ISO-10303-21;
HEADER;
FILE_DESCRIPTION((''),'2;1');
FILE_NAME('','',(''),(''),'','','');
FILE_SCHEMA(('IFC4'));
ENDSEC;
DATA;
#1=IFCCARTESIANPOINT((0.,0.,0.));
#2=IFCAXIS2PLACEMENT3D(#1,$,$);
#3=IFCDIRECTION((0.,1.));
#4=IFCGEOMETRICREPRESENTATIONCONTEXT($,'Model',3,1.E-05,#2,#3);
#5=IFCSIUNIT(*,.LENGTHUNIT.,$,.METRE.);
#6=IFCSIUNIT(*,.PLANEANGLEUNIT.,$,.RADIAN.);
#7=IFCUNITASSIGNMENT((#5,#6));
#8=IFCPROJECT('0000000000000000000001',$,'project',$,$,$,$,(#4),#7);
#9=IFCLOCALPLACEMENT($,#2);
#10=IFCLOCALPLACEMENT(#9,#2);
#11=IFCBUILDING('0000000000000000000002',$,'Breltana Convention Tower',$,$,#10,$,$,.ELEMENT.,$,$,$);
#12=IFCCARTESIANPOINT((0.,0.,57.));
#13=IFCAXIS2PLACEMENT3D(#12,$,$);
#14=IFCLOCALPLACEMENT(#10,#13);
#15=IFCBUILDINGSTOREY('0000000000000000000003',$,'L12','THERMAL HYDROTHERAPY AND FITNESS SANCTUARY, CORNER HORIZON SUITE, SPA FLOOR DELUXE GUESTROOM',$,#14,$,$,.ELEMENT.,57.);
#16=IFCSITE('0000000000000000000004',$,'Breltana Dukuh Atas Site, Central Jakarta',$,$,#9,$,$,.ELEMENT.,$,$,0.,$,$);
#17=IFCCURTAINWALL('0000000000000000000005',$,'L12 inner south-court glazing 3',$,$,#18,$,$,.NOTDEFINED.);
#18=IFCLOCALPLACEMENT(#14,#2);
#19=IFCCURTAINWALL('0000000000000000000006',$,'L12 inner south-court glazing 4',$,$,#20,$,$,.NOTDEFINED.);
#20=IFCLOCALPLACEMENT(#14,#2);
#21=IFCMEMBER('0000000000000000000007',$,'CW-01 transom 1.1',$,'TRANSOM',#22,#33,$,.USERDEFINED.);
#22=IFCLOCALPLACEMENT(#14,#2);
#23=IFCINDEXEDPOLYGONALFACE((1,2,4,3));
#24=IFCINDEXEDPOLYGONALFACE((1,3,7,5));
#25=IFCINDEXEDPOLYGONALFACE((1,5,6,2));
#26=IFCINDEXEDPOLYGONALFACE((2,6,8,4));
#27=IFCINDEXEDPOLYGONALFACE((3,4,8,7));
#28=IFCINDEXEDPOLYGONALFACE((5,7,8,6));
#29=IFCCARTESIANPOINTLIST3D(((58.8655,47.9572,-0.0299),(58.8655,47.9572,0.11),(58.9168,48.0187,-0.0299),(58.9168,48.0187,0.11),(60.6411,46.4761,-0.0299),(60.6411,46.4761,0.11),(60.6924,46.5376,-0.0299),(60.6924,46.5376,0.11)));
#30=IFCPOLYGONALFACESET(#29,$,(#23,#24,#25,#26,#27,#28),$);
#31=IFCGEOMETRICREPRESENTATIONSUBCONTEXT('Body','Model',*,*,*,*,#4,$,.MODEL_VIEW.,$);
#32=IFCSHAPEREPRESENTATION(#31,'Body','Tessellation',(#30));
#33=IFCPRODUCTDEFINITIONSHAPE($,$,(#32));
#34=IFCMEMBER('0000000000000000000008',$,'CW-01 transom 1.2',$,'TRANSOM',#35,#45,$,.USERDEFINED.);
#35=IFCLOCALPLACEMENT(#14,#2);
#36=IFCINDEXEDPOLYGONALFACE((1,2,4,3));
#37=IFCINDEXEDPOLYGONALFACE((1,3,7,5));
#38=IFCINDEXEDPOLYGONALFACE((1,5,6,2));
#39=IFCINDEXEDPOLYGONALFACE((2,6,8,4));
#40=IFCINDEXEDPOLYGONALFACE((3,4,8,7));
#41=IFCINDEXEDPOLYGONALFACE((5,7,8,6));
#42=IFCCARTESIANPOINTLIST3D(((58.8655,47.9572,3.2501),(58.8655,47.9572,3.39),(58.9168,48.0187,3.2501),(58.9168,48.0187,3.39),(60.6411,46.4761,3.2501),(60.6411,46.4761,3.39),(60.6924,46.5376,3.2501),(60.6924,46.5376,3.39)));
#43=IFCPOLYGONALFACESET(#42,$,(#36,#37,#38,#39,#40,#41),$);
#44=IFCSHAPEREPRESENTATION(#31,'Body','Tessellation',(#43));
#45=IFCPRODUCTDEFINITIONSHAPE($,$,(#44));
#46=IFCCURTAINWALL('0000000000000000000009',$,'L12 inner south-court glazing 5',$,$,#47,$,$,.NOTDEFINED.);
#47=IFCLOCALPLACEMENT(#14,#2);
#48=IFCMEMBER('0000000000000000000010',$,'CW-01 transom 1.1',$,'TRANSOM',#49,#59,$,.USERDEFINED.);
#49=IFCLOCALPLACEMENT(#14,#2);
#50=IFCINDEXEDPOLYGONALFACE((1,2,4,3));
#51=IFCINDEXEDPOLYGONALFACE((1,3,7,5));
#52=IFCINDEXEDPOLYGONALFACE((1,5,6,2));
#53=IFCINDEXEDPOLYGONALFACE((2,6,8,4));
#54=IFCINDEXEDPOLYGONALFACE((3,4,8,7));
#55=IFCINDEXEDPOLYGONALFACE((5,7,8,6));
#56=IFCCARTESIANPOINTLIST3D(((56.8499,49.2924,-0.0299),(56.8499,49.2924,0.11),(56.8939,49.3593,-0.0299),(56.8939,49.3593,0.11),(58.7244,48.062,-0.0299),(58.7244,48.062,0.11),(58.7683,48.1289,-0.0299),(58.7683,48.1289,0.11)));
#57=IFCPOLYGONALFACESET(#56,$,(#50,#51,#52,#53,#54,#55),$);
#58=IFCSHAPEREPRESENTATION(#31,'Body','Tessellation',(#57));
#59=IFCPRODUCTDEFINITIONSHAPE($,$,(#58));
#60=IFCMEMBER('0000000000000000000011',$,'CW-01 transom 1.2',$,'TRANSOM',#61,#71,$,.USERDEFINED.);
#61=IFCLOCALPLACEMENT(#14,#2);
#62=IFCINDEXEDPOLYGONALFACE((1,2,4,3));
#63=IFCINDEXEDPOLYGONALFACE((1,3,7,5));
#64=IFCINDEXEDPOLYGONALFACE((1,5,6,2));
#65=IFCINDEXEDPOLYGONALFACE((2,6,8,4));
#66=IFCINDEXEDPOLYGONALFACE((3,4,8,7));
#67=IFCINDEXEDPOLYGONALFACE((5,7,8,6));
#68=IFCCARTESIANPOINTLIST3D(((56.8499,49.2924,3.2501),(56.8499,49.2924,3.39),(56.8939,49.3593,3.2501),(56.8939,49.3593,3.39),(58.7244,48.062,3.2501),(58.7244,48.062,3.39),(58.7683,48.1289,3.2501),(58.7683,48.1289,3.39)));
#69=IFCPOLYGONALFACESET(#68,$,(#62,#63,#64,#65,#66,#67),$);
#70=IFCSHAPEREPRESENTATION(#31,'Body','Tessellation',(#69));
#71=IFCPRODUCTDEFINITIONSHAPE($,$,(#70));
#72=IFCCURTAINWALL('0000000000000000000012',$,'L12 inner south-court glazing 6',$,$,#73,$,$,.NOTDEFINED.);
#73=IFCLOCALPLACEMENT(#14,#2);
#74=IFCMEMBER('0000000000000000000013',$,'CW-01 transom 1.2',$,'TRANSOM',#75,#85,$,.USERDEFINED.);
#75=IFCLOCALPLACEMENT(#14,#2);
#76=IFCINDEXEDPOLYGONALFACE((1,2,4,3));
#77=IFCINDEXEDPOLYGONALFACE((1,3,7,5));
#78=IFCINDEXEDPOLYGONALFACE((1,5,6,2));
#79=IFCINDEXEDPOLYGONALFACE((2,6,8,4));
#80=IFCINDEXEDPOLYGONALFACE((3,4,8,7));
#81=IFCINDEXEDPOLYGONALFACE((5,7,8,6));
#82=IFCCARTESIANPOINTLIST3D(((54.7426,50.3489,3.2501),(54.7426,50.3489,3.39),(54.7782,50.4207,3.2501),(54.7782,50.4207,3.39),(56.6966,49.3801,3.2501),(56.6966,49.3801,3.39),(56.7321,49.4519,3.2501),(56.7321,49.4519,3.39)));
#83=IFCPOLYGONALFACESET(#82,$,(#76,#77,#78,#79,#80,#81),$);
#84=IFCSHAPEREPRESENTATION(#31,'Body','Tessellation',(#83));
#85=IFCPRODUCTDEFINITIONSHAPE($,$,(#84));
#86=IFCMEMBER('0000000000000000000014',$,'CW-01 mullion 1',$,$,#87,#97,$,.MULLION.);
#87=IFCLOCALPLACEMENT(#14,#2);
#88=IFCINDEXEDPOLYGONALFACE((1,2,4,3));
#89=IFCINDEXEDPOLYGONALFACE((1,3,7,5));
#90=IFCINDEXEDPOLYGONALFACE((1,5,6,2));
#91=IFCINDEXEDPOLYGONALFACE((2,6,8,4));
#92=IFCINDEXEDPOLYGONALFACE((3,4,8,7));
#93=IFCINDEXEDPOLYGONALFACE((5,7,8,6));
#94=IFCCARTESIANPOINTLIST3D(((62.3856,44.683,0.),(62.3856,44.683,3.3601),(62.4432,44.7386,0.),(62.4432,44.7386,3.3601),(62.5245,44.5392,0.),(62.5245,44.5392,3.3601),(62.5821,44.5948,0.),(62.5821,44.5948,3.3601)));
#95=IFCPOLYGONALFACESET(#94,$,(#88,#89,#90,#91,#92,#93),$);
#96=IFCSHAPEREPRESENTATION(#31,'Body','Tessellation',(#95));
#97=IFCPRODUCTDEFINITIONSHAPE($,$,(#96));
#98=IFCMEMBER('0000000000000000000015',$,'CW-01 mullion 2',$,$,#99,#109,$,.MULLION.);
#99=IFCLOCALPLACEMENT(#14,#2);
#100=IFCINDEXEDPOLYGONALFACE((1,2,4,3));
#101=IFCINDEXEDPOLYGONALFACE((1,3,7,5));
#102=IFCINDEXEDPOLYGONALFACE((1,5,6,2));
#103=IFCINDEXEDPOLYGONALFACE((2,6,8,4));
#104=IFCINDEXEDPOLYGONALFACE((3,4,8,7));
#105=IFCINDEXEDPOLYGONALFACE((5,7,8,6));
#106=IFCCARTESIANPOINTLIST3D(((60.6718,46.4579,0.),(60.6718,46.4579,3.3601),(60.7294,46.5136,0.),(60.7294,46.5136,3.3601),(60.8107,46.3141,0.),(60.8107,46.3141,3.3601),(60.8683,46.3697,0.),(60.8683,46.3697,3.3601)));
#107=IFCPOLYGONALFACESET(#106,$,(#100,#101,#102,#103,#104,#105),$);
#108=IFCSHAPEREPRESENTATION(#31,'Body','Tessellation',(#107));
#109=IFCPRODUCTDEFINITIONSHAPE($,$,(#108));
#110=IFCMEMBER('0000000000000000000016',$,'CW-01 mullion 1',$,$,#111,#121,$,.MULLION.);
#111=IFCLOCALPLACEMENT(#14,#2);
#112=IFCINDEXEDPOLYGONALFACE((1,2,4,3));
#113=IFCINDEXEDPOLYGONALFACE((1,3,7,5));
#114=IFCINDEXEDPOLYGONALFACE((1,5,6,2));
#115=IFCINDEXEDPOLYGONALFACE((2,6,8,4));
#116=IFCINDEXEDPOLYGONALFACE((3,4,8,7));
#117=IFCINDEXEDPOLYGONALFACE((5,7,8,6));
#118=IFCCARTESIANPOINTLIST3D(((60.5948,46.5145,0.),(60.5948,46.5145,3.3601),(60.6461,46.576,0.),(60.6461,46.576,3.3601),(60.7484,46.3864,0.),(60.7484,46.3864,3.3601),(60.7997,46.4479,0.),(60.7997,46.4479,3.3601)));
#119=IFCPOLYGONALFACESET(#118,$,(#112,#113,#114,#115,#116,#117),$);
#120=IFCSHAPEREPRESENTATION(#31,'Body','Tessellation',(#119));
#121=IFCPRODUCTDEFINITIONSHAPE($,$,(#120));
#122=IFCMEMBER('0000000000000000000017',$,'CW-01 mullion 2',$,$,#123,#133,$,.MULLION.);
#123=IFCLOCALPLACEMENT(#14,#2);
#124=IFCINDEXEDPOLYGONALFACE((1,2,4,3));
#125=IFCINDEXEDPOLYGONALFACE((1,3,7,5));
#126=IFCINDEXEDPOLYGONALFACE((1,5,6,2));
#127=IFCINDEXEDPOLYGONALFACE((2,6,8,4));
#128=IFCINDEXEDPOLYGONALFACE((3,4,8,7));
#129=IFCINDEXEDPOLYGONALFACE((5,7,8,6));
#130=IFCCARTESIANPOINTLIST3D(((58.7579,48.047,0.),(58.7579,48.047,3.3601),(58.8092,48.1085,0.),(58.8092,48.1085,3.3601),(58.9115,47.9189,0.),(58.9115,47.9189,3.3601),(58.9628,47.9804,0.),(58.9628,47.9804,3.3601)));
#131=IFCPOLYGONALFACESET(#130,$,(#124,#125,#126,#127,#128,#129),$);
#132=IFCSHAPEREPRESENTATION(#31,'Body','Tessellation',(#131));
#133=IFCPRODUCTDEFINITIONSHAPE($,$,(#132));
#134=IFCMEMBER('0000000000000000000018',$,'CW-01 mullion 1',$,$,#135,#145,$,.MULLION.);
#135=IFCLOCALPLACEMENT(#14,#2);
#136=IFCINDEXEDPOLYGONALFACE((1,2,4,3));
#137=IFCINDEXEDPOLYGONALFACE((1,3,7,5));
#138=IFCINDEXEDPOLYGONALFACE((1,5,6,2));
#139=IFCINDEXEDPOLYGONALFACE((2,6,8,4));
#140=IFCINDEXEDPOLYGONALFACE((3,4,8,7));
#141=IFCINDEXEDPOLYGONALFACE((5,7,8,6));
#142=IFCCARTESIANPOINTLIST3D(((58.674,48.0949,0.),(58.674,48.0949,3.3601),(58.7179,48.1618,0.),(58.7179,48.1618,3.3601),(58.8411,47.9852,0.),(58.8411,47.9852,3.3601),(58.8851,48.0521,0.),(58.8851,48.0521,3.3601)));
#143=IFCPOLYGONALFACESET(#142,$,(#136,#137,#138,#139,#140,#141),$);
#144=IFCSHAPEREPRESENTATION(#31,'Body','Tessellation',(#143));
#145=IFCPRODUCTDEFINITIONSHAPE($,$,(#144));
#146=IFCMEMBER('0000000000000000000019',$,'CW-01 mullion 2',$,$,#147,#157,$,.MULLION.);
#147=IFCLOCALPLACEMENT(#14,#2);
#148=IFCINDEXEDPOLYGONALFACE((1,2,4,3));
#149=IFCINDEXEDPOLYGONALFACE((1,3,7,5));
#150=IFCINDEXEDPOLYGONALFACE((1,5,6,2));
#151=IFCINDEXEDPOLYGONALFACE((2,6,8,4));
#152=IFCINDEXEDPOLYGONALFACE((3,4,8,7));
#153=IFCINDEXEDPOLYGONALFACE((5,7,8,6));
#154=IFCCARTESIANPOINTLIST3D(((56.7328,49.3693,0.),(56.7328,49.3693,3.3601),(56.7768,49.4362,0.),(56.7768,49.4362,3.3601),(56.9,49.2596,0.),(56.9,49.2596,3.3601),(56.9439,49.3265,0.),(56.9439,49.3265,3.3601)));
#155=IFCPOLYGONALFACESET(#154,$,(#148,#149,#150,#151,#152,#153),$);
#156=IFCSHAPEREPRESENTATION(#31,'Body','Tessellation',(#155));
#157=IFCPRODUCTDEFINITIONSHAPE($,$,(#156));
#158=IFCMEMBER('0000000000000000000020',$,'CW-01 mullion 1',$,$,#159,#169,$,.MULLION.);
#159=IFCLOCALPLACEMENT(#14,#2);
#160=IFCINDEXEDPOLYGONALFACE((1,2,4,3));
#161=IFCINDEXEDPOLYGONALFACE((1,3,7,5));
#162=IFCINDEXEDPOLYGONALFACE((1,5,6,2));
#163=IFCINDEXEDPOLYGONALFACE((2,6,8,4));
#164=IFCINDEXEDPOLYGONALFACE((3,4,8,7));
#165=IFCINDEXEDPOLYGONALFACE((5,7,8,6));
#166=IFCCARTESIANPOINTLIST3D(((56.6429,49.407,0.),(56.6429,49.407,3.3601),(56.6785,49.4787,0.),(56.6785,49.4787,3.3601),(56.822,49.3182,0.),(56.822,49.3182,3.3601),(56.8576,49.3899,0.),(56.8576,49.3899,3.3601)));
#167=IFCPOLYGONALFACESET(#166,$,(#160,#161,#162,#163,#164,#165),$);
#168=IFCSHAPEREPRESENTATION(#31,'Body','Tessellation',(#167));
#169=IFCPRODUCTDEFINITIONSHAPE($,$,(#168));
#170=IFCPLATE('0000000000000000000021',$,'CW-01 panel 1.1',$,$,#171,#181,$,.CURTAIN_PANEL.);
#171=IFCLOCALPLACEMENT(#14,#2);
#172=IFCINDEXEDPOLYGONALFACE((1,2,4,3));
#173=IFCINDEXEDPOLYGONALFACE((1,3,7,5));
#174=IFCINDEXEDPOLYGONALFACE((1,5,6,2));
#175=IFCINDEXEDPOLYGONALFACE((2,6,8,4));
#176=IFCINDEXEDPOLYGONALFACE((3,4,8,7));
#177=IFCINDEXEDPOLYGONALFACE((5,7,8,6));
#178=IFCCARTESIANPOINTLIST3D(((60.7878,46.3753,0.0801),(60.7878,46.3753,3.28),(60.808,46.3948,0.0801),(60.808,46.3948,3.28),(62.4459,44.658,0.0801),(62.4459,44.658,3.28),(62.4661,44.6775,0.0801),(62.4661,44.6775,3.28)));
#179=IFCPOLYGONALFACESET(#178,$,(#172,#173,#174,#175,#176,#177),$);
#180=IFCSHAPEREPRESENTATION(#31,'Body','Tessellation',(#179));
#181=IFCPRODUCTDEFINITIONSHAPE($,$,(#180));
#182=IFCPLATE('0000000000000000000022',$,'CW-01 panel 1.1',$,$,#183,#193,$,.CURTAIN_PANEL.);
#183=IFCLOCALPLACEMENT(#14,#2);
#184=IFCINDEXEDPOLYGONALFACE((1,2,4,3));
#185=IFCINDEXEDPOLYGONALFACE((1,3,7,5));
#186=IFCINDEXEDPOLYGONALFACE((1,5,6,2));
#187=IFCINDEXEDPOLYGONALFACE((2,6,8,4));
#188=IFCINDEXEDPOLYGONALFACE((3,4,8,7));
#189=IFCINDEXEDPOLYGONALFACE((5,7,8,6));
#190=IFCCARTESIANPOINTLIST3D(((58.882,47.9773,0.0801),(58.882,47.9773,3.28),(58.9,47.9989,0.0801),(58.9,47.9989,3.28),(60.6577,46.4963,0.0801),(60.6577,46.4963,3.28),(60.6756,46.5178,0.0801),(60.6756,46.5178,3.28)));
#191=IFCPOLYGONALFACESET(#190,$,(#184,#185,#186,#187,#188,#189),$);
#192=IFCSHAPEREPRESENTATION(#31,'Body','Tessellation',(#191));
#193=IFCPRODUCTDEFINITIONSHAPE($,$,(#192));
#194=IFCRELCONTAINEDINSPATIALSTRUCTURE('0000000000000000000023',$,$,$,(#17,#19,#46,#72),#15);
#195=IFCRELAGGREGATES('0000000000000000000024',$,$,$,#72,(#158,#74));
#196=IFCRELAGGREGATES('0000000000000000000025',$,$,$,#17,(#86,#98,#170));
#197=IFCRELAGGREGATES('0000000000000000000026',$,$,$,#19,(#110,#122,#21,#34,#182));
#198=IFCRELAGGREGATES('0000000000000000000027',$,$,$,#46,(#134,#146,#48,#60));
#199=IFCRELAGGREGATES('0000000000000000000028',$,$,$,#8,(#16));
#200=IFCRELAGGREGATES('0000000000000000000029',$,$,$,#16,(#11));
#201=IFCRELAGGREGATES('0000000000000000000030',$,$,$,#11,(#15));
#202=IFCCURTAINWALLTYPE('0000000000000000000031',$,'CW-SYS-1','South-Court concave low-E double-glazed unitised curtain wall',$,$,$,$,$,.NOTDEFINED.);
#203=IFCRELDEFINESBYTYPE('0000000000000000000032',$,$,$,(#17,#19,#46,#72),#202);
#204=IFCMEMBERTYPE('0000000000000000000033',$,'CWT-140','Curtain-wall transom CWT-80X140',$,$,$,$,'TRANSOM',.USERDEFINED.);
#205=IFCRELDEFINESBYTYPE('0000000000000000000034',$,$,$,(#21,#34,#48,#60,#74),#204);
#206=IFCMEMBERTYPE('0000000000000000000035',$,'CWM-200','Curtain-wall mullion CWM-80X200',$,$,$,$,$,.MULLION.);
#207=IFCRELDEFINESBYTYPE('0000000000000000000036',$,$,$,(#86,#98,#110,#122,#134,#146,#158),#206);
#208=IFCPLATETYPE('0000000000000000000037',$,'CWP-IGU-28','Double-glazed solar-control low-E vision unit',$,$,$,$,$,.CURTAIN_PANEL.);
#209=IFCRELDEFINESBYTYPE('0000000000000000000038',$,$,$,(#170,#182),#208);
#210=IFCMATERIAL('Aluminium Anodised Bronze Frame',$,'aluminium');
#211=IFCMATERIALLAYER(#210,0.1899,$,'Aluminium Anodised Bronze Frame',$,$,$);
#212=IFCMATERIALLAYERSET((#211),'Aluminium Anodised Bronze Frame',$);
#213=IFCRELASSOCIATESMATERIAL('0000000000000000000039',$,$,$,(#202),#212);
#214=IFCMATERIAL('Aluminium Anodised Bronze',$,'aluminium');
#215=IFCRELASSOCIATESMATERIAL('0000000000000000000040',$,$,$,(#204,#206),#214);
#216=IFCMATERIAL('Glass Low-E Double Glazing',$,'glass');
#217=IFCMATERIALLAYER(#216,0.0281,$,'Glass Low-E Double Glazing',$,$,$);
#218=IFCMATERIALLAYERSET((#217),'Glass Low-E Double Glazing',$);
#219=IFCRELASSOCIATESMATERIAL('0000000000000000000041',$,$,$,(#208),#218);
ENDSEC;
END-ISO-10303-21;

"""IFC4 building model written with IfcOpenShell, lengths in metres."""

from ifc_helpers import new_model, si_unit, direction, frame, origin, origin_2d, place, context, subcontext, project, spatial, rectangle, extrude, source, transform, mapped, material, layer, layer_set, material_profile, profile_set, type_object, element, aggregate, save


model = new_model("IFC4")

# Units and contexts
model_context = context("Model", 3, precision=1e-05, world=origin(), true_north=direction((0.0, 1.0)))
body_context = subcontext(model_context, "Body", "Model", "MODEL_VIEW")
ifc_project = project(units=[si_unit("LENGTHUNIT", "METRE"), si_unit("PLANEANGLEUNIT", "RADIAN")], contexts=[model_context])

# Site, building, storey
site_placement = place(None, origin())
site = spatial("IfcSite", under=ifc_project, at=site_placement, Name="Breltana Dukuh Atas Site, Central Jakarta", CompositionType="ELEMENT", RefElevation=0.0)
building_placement = place(site_placement, origin())
building = spatial("IfcBuilding", under=site, at=building_placement, Name="Breltana Convention Tower", CompositionType="ELEMENT")
storey_placement = place(building_placement, frame((0.0, 0.0, 57.0)))
storey = spatial("IfcBuildingStorey", under=building, at=storey_placement, Name="L12", Description="THERMAL HYDROTHERAPY AND FITNESS SANCTUARY, CORNER HORIZON SUITE, SPA FLOOR DELUXE GUESTROOM", CompositionType="ELEMENT", Elevation=57.0)

# Curtain walls, members
ifc_material_1 = material(Name="Aluminium Anodised Bronze Frame", Category="aluminium")
ifc_layer_1 = layer(ifc_material_1, 0.1899, Name="Aluminium Anodised Bronze Frame")
ifc_layer_set_1 = layer_set([ifc_layer_1], Name="Aluminium Anodised Bronze Frame")
curtain_wall_type = type_object("IfcCurtainWallType", Name="CW-SYS-1", Description="South-Court concave low-E double-glazed unitised curtain wall", PredefinedType="NOTDEFINED", material=ifc_layer_set_1)
curtain_wall_1_placement = place(storey_placement, origin())
curtain_wall_1 = element("IfcCurtainWall", 1, at=curtain_wall_1_placement, inside=storey, type_object=curtain_wall_type, Name="L12 inner south-court glazing 3", PredefinedType="NOTDEFINED")
ifc_material_2 = material(Name="Aluminium Anodised Bronze", Category="aluminium")
ifc_material_profile_1 = material_profile(ifc_material_2, rectangle(XDim=0.0801, YDim=0.1399, at=origin_2d()), Name="CWT-80X140")
ifc_profile_set_1 = profile_set([ifc_material_profile_1], Name="Aluminium Anodised Bronze")
member_type_1 = type_object("IfcMemberType", Name="CWT-140", Description="Curtain-wall transom CWT-80X140", ElementType="TRANSOM", PredefinedType="USERDEFINED", material=ifc_profile_set_1)
curtain_wall_2_placement = place(storey_placement, origin())
curtain_wall_2 = element("IfcCurtainWall", 2, at=curtain_wall_2_placement, inside=storey, type_object=curtain_wall_type, Name="L12 inner south-court glazing 4", PredefinedType="NOTDEFINED")
shared_shape_1 = source(origin(), body_context, "Body", "SweptSolid", [
    extrude(rectangle(XDim=0.0801, YDim=0.1399, at=origin_2d()), origin(), (0.0, 0.0, 1.0), 2.3123),
])
member_1_placement = place(storey_placement, frame((60.6667, 46.5068, 0.04), z_axis=(-0.767901, 0.640569, 0.0), x_axis=(-0.640569, -0.767901, 0.0)))
member_1 = element("IfcMember", 3, at=member_1_placement, type_object=member_type_1, Name="CW-01 transom 1.1", ObjectType="TRANSOM", PredefinedType="USERDEFINED", context=body_context, shape_type="MappedRepresentation", body=[
    mapped(shared_shape_1, transform((0.0, 0.0, 0.0), scale=1.0)),
])
member_2_placement = place(storey_placement, frame((60.6667, 46.5068, 3.3201), z_axis=(-0.767901, 0.640569, 0.0), x_axis=(-0.640569, -0.767901, 0.0)))
member_2 = element("IfcMember", 4, at=member_2_placement, type_object=member_type_1, Name="CW-01 transom 1.2", ObjectType="TRANSOM", PredefinedType="USERDEFINED", context=body_context, shape_type="MappedRepresentation", body=[
    mapped(shared_shape_1, transform((0.0, 0.0, 0.0), scale=1.0)),
])
curtain_wall_3_placement = place(storey_placement, origin())
curtain_wall_3 = element("IfcCurtainWall", 5, at=curtain_wall_3_placement, inside=storey, type_object=curtain_wall_type, Name="L12 inner south-court glazing 5", PredefinedType="NOTDEFINED")
shared_shape_2 = source(origin(), body_context, "Body", "SweptSolid", [
    extrude(rectangle(XDim=0.0801, YDim=0.1399, at=origin_2d()), origin(), (0.0, 0.0, 1.0), 2.2422),
])
member_3_placement = place(storey_placement, frame((58.7463, 48.0955, 0.04), z_axis=(-0.835982, 0.548756, 0.0), x_axis=(-0.548756, -0.835982, 0.0)))
member_3 = element("IfcMember", 6, at=member_3_placement, type_object=member_type_1, Name="CW-01 transom 1.1", ObjectType="TRANSOM", PredefinedType="USERDEFINED", context=body_context, shape_type="MappedRepresentation", body=[
    mapped(shared_shape_2, transform((0.0, 0.0, 0.0), scale=1.0)),
])
member_4_placement = place(storey_placement, frame((58.7463, 48.0955, 3.3201), z_axis=(-0.835982, 0.548756, 0.0), x_axis=(-0.548756, -0.835982, 0.0)))
member_4 = element("IfcMember", 7, at=member_4_placement, type_object=member_type_1, Name="CW-01 transom 1.2", ObjectType="TRANSOM", PredefinedType="USERDEFINED", context=body_context, shape_type="MappedRepresentation", body=[
    mapped(shared_shape_2, transform((0.0, 0.0, 0.0), scale=1.0)),
])

# Curtain wall, member
curtain_wall_4_placement = place(storey_placement, origin())
curtain_wall_4 = element("IfcCurtainWall", 8, at=curtain_wall_4_placement, inside=storey, type_object=curtain_wall_type, Name="L12 inner south-court glazing 6", PredefinedType="NOTDEFINED")
shared_shape_3 = source(origin(), body_context, "Body", "SweptSolid", [
    extrude(rectangle(XDim=0.0801, YDim=0.1399, at=origin_2d()), origin(), (0.0, 0.0, 1.0), 2.1809),
])
member_5_placement = place(storey_placement, frame((56.7144, 49.416, 3.3201), z_axis=(-0.895922, 0.444211, 0.0), x_axis=(-0.444211, -0.895922, 0.0)))
member_5 = element("IfcMember", 9, at=member_5_placement, type_object=member_type_1, Name="CW-01 transom 1.2", ObjectType="TRANSOM", PredefinedType="USERDEFINED", context=body_context, shape_type="MappedRepresentation", body=[
    mapped(shared_shape_3, transform((0.0, 0.0, 0.0), scale=1.0)),
])

# Members
ifc_material_profile_2 = material_profile(ifc_material_2, rectangle(XDim=0.0801, YDim=0.2, at=origin_2d()), Name="CWM-80X200")
ifc_profile_set_2 = profile_set([ifc_material_profile_2], Name="Aluminium Anodised Bronze")
member_type_2 = type_object("IfcMemberType", Name="CWM-200", Description="Curtain-wall mullion CWM-80X200", PredefinedType="MULLION", material=ifc_profile_set_2)
shared_shape_4 = source(origin(), body_context, "Body", "SweptSolid", [
    extrude(rectangle(XDim=0.0801, YDim=0.2, at=origin_2d()), origin(), (0.0, 0.0, 1.0), 3.3601),
])
member_6_placement = place(storey_placement, frame((62.4839, 44.6389, 0.0), z_axis=(0.0, 0.0, 1.0), x_axis=(-0.719385, -0.694612, 0.0)))
member_6 = element("IfcMember", 10, at=member_6_placement, type_object=member_type_2, Name="CW-01 mullion 1", PredefinedType="MULLION", context=body_context, shape_type="MappedRepresentation", body=[
    mapped(shared_shape_4, transform((0.0, 0.0, 0.0), scale=1.0)),
])
member_7_placement = place(storey_placement, frame((60.77, 46.4138, 0.0), z_axis=(0.0, 0.0, 1.0), x_axis=(-0.719385, -0.694612, 0.0)))
member_7 = element("IfcMember", 11, at=member_7_placement, type_object=member_type_2, Name="CW-01 mullion 2", PredefinedType="MULLION", context=body_context, shape_type="MappedRepresentation", body=[
    mapped(shared_shape_4, transform((0.0, 0.0, 0.0), scale=1.0)),
])
member_8_placement = place(storey_placement, frame((60.6973, 46.4812, 0.0), z_axis=(0.0, 0.0, 1.0), x_axis=(-0.640523, -0.767939, 0.0)))
member_8 = element("IfcMember", 12, at=member_8_placement, type_object=member_type_2, Name="CW-01 mullion 1", PredefinedType="MULLION", context=body_context, shape_type="MappedRepresentation", body=[
    mapped(shared_shape_4, transform((0.0, 0.0, 0.0), scale=1.0)),
])
member_9_placement = place(storey_placement, frame((58.8604, 48.0137, 0.0), z_axis=(0.0, 0.0, 1.0), x_axis=(-0.640523, -0.767939, 0.0)))
member_9 = element("IfcMember", 13, at=member_9_placement, type_object=member_type_2, Name="CW-01 mullion 2", PredefinedType="MULLION", context=body_context, shape_type="MappedRepresentation", body=[
    mapped(shared_shape_4, transform((0.0, 0.0, 0.0), scale=1.0)),
])
member_10_placement = place(storey_placement, frame((58.7795, 48.0735, 0.0), z_axis=(0.0, 0.0, 1.0), x_axis=(-0.548778, -0.835968, 0.0)))
member_10 = element("IfcMember", 14, at=member_10_placement, type_object=member_type_2, Name="CW-01 mullion 1", PredefinedType="MULLION", context=body_context, shape_type="MappedRepresentation", body=[
    mapped(shared_shape_4, transform((0.0, 0.0, 0.0), scale=1.0)),
])
member_11_placement = place(storey_placement, frame((56.8384, 49.3479, 0.0), z_axis=(0.0, 0.0, 1.0), x_axis=(-0.548778, -0.835968, 0.0)))
member_11 = element("IfcMember", 15, at=member_11_placement, type_object=member_type_2, Name="CW-01 mullion 2", PredefinedType="MULLION", context=body_context, shape_type="MappedRepresentation", body=[
    mapped(shared_shape_4, transform((0.0, 0.0, 0.0), scale=1.0)),
])
member_12_placement = place(storey_placement, frame((56.7502, 49.3984, 0.0), z_axis=(0.0, 0.0, 1.0), x_axis=(-0.444118, -0.895968, 0.0)))
member_12 = element("IfcMember", 16, at=member_12_placement, type_object=member_type_2, Name="CW-01 mullion 1", PredefinedType="MULLION", context=body_context, shape_type="MappedRepresentation", body=[
    mapped(shared_shape_4, transform((0.0, 0.0, 0.0), scale=1.0)),
])
aggregate(curtain_wall_4, [member_12, member_5])

# Plates
ifc_material_3 = material(Name="Glass Low-E Double Glazing", Category="glass")
ifc_layer_2 = layer(ifc_material_3, 0.0281, Name="Glass Low-E Double Glazing")
ifc_layer_set_2 = layer_set([ifc_layer_2], Name="Glass Low-E Double Glazing")
plate_type = type_object("IfcPlateType", Name="CWP-IGU-28", Description="Double-glazed solar-control low-E vision unit", PredefinedType="CURTAIN_PANEL", material=ifc_layer_set_2)
shared_shape_5 = source(origin(), body_context, "Body", "SweptSolid", [
    extrude(rectangle(XDim=2.3872, YDim=0.0281, at=origin_2d()), origin(), (0.0, 0.0, 1.0), 3.2),
])
plate_1_placement = place(storey_placement, frame((61.627, 45.5264, 0.0801), z_axis=(0.0, 0.0, 1.0), x_axis=(-0.694612, 0.719385, 0.0)))
plate_1 = element("IfcPlate", 17, at=plate_1_placement, type_object=plate_type, Name="CW-01 panel 1.1", PredefinedType="CURTAIN_PANEL", context=body_context, shape_type="MappedRepresentation", body=[
    mapped(shared_shape_5, transform((0.0, 0.0, 0.0), scale=1.0)),
])
aggregate(curtain_wall_1, [member_6, member_7, plate_1])
shared_shape_6 = source(origin(), body_context, "Body", "SweptSolid", [
    extrude(rectangle(XDim=2.3123, YDim=0.0281, at=origin_2d()), origin(), (0.0, 0.0, 1.0), 3.2),
])
plate_2_placement = place(storey_placement, frame((59.7788, 47.2476, 0.0801), z_axis=(0.0, 0.0, 1.0), x_axis=(-0.767939, 0.640523, 0.0)))
plate_2 = element("IfcPlate", 18, at=plate_2_placement, type_object=plate_type, Name="CW-01 panel 1.1", PredefinedType="CURTAIN_PANEL", context=body_context, shape_type="MappedRepresentation", body=[
    mapped(shared_shape_6, transform((0.0, 0.0, 0.0), scale=1.0)),
])
aggregate(curtain_wall_2, [member_8, member_9, member_1, member_2, plate_2])
aggregate(curtain_wall_3, [member_10, member_11, member_3, member_4])

save(model, "model.ifc")
